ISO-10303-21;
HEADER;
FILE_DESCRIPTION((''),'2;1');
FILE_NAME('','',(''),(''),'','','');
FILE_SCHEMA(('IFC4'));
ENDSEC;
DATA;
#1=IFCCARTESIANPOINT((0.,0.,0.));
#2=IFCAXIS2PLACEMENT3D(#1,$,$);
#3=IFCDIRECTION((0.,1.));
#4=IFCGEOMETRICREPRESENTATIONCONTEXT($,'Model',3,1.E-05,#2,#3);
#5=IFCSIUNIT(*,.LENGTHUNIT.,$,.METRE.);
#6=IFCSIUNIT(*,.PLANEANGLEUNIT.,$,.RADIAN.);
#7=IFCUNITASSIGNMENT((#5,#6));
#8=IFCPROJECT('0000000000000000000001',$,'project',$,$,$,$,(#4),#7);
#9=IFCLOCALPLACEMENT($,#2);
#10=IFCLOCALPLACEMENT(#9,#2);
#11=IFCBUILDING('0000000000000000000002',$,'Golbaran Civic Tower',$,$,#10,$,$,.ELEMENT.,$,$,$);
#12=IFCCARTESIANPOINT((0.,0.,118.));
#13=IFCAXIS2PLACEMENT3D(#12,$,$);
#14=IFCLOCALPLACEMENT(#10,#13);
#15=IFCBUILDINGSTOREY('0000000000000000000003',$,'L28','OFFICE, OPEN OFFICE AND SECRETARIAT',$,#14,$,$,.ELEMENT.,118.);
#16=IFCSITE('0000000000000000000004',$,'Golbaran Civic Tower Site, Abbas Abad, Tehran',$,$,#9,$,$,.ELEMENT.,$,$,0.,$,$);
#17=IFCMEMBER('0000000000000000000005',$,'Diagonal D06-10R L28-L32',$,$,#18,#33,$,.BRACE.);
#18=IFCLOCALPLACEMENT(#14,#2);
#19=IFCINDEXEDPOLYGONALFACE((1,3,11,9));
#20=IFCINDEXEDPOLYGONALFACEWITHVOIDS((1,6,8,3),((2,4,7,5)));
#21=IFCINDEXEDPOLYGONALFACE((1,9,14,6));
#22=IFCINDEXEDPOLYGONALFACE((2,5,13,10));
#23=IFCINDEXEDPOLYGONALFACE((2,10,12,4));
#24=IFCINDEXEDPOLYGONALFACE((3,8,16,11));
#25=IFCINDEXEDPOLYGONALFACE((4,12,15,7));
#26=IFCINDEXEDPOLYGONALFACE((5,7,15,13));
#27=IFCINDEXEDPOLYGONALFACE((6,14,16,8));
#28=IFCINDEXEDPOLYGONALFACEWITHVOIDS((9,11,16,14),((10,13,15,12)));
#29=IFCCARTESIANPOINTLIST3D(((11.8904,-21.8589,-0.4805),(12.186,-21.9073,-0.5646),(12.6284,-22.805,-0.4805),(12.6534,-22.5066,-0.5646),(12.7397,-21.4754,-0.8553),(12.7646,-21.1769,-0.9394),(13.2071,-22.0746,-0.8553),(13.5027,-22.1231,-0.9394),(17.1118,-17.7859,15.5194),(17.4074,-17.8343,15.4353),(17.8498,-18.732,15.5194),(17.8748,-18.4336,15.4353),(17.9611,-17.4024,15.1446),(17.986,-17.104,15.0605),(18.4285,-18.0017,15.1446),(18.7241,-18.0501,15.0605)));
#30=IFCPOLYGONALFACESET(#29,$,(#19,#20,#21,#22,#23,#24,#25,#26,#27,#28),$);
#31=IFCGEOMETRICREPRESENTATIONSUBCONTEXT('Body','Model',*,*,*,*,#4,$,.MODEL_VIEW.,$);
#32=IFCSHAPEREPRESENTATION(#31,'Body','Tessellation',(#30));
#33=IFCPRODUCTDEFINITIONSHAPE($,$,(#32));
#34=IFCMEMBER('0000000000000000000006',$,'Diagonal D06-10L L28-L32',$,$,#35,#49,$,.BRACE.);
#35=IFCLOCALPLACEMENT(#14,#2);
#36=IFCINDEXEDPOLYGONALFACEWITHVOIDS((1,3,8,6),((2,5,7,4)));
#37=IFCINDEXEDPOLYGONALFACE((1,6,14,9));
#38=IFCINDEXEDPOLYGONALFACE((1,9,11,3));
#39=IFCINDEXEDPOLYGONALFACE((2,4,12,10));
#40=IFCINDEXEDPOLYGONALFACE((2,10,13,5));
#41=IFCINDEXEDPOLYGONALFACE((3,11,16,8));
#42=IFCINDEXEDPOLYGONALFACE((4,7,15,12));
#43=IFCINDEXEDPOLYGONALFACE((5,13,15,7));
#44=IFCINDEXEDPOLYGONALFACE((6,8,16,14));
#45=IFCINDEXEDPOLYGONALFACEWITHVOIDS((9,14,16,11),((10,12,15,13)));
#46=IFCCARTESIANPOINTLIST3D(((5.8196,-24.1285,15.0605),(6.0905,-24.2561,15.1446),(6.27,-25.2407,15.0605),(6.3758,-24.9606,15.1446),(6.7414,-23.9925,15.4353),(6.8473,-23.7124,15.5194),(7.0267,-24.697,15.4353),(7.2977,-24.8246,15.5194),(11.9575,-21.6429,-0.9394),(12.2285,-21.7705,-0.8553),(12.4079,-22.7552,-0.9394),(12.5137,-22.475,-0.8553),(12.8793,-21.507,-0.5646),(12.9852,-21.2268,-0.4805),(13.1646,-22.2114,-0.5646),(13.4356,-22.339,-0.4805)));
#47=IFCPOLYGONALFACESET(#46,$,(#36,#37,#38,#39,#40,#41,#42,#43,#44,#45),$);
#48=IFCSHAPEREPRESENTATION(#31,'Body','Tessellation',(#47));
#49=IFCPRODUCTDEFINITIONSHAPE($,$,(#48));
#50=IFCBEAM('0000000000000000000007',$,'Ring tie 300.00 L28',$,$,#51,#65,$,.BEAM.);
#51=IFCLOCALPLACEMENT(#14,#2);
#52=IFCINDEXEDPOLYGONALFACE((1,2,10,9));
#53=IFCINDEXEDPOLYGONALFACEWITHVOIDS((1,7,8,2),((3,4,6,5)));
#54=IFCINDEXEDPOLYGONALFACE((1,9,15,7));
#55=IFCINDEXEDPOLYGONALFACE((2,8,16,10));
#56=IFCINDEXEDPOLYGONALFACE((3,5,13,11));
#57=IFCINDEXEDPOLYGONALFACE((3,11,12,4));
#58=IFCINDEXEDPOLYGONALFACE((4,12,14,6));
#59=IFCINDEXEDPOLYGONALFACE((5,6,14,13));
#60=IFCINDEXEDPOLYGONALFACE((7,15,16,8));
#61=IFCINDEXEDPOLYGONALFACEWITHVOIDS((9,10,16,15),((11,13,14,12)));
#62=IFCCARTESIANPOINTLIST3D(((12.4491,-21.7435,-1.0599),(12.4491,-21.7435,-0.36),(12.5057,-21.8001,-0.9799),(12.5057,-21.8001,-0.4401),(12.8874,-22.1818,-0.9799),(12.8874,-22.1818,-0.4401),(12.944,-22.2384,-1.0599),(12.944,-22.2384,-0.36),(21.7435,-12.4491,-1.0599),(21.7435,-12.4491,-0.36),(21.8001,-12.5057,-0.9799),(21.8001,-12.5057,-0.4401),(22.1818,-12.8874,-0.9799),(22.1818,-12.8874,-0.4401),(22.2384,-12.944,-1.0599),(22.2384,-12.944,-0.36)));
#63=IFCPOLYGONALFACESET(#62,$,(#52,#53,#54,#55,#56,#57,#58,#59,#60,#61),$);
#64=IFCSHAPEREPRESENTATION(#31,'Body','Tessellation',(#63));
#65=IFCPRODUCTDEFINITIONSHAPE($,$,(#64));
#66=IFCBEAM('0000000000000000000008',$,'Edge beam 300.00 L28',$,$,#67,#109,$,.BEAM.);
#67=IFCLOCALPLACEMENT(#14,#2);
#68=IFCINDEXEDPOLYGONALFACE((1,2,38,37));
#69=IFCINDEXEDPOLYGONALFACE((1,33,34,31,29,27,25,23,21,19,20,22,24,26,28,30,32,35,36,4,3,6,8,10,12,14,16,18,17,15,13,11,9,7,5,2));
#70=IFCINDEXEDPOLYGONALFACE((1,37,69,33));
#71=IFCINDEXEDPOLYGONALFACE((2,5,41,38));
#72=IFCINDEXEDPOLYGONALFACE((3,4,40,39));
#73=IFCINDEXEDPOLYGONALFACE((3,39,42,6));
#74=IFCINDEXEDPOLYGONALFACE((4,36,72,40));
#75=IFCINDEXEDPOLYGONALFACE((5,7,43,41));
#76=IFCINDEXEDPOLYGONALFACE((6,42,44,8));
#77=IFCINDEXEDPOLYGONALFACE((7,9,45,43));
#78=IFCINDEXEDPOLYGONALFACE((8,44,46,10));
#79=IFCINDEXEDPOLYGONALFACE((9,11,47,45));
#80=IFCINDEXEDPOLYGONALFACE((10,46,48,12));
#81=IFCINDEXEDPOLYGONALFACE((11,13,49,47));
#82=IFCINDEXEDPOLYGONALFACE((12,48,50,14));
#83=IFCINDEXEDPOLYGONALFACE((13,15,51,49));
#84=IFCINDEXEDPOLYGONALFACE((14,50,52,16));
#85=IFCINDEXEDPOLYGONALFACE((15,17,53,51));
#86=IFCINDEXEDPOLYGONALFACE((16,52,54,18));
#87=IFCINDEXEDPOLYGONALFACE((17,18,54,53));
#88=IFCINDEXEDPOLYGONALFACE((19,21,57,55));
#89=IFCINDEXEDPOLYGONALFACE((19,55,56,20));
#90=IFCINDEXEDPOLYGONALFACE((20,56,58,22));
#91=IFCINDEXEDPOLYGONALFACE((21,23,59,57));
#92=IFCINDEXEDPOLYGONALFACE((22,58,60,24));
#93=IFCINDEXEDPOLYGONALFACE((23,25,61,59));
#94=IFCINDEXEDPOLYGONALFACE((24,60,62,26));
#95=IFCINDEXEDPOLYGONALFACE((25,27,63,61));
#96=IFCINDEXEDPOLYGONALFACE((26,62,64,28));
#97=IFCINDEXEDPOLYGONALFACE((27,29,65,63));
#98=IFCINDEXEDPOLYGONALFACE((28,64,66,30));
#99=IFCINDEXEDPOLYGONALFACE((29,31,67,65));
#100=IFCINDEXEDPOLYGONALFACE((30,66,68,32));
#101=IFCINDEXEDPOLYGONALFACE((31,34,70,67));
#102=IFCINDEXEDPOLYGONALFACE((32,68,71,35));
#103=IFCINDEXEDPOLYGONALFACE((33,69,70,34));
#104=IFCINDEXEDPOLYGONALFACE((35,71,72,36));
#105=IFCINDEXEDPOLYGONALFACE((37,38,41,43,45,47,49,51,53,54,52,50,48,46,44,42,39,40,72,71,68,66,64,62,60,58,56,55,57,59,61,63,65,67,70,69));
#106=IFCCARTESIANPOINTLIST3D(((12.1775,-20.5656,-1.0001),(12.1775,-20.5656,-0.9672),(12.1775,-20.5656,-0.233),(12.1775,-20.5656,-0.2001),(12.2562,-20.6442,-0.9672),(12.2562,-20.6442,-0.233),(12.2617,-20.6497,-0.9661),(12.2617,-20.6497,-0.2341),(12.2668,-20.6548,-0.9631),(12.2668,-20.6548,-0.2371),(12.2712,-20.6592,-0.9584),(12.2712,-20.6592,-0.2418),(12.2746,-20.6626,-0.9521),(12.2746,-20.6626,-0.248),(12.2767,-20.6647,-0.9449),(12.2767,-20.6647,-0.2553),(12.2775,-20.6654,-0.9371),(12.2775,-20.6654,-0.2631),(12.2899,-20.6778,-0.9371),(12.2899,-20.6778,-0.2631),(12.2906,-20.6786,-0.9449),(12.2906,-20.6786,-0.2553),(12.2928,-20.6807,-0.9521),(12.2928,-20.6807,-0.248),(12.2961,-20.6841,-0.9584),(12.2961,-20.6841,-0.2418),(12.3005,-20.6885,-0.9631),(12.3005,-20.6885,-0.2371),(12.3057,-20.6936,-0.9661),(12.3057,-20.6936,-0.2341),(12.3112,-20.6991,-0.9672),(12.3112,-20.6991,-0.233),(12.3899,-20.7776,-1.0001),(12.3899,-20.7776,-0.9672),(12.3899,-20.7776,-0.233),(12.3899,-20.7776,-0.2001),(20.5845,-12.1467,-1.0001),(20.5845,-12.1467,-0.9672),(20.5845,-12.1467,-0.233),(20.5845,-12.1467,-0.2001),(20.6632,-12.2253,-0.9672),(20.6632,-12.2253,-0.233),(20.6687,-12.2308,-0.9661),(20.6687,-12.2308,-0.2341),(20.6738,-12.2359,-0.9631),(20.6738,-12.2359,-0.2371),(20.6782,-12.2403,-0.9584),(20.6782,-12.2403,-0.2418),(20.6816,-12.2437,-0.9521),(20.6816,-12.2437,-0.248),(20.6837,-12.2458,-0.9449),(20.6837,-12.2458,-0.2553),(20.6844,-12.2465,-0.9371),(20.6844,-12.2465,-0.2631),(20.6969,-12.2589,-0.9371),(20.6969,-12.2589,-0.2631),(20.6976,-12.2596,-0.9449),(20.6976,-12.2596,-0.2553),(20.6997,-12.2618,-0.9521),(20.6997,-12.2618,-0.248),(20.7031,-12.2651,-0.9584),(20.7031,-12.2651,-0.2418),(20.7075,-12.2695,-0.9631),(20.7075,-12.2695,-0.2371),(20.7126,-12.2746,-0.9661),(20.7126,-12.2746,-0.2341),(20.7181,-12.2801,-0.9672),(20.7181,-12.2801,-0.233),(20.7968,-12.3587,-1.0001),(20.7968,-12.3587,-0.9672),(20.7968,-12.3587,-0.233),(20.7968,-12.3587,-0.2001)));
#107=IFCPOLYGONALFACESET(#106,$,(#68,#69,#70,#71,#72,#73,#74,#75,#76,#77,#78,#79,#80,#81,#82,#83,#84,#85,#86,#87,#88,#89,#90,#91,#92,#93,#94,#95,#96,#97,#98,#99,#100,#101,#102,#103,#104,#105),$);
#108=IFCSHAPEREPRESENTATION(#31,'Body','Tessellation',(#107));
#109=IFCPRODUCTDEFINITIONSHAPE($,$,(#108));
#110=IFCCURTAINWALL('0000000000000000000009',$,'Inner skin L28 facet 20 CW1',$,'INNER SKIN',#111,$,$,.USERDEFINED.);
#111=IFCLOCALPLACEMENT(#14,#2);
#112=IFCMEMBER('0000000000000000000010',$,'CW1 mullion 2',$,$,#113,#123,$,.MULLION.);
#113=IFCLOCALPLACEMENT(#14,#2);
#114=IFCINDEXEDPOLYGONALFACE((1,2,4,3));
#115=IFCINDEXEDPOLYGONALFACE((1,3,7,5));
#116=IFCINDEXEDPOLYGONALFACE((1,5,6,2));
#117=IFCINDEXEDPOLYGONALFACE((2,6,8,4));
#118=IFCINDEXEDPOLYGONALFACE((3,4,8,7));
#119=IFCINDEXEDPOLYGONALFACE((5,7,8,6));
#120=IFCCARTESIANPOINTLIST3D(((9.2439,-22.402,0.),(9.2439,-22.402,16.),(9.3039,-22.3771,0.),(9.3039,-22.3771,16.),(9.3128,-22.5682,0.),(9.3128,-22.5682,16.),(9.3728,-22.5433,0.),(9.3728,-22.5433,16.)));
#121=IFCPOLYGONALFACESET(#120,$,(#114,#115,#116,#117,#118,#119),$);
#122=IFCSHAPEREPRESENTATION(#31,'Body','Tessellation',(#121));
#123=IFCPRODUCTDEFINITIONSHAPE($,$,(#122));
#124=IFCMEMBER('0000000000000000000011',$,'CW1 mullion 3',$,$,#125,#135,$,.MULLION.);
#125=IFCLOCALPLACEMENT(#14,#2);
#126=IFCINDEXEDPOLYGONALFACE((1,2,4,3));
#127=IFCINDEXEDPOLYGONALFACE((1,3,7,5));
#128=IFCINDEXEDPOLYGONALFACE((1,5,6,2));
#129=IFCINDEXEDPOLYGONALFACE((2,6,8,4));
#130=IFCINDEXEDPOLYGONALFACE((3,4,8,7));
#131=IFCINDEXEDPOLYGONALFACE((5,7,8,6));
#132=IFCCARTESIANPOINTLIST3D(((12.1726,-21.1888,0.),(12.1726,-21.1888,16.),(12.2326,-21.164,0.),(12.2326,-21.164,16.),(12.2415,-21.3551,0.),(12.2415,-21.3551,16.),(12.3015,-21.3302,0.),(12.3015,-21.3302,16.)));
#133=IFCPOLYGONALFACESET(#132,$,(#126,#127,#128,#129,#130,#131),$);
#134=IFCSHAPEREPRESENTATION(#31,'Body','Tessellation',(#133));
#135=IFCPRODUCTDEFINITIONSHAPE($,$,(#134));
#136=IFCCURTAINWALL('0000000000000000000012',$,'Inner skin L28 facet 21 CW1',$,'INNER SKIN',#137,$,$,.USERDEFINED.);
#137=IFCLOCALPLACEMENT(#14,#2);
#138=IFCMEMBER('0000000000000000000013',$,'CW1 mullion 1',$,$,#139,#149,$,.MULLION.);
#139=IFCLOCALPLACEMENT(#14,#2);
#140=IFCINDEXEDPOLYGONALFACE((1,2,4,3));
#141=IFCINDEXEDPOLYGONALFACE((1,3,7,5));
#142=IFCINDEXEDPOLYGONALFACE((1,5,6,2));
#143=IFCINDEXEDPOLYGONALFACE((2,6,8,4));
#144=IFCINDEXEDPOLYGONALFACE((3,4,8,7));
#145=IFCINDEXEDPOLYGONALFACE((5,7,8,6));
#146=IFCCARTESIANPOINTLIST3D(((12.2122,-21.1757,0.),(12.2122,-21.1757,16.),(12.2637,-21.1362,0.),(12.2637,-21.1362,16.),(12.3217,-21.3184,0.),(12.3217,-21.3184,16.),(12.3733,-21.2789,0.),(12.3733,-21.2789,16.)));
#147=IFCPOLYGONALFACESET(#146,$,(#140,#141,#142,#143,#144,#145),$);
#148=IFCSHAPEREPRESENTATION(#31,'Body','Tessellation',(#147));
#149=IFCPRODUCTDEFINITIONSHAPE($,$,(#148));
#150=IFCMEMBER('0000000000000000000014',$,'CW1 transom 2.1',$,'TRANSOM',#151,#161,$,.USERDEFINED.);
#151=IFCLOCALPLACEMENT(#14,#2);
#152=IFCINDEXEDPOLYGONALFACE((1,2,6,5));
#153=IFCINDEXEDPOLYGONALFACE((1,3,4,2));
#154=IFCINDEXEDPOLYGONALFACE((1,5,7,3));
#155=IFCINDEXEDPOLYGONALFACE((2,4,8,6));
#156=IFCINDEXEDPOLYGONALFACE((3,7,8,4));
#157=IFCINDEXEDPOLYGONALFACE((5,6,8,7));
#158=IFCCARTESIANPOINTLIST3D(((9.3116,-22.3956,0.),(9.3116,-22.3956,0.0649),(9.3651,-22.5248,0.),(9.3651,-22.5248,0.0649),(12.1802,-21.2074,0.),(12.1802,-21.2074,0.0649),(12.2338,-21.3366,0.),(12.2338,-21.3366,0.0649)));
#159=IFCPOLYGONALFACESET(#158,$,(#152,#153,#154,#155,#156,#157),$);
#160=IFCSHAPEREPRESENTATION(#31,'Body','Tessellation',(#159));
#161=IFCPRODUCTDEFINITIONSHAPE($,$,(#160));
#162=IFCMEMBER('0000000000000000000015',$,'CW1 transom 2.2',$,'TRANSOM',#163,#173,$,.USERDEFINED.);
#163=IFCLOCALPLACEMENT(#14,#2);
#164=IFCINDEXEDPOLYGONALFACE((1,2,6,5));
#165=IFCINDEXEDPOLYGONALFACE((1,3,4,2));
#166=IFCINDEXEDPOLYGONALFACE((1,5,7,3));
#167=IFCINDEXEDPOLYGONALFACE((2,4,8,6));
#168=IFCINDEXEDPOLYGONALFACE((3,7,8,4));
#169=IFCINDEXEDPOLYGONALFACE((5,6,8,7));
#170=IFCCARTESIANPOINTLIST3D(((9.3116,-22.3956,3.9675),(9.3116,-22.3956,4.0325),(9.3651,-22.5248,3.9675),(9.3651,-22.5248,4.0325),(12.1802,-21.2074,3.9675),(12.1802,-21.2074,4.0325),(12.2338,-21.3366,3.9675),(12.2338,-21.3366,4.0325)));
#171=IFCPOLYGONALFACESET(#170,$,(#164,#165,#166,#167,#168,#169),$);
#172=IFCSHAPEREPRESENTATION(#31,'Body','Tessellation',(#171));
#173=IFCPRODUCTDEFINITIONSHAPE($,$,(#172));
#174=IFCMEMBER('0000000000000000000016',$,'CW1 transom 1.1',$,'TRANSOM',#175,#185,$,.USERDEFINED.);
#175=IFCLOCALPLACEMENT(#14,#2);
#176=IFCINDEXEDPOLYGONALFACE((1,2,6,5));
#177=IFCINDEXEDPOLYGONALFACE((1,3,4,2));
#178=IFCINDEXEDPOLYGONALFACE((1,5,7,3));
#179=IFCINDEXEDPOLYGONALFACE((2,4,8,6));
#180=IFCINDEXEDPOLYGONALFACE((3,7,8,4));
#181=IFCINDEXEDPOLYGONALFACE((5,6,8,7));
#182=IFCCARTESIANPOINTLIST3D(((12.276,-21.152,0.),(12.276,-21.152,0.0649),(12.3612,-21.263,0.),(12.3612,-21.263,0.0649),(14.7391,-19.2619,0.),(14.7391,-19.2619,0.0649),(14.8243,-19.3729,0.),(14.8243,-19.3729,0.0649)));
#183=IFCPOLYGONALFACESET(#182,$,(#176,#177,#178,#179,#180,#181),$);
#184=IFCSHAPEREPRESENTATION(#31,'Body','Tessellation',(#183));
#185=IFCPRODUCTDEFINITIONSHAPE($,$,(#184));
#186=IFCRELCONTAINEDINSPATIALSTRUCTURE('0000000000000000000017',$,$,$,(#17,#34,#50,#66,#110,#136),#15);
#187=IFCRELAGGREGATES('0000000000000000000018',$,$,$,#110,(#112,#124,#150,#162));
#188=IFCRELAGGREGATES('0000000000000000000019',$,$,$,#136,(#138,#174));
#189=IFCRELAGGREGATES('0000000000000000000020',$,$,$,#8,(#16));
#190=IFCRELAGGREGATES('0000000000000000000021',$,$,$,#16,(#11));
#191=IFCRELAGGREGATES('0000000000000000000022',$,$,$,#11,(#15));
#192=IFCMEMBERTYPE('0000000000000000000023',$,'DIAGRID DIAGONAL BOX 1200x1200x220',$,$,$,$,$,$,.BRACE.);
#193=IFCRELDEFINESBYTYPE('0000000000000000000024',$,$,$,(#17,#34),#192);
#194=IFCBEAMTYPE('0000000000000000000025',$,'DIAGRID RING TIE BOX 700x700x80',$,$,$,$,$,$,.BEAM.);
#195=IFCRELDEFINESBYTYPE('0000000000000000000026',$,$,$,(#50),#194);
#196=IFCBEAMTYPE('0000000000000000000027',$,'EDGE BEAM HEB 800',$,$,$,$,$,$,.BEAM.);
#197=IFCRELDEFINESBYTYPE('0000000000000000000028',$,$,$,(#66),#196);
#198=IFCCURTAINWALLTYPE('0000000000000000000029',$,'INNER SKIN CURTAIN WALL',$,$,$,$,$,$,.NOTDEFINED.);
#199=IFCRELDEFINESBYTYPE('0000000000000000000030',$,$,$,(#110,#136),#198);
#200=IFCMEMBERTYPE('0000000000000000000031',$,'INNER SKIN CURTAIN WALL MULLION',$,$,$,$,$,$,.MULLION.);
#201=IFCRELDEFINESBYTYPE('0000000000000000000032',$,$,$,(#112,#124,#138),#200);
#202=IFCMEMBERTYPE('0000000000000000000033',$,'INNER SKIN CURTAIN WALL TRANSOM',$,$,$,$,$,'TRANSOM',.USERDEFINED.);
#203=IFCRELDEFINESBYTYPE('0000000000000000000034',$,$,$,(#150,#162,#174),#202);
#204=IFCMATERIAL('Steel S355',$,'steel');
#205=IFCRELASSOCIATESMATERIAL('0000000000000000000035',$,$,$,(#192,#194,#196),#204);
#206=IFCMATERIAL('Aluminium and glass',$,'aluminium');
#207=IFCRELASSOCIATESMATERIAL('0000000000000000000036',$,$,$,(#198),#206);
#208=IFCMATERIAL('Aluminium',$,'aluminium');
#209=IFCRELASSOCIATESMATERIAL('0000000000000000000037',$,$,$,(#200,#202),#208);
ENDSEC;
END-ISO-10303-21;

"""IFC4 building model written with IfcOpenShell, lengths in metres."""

from ifc_helpers import new_model, si_unit, direction, frame, origin, origin_2d, place, context, subcontext, project, spatial, rectangle, hollow_rectangle, i_section, extrude, material, material_profile, profile_set, type_object, element, aggregate, save


model = new_model("IFC4")

# Units and contexts
model_context = context("Model", 3, precision=1e-05, world=origin(), true_north=direction((0.0, 1.0)))
body_context = subcontext(model_context, "Body", "Model", "MODEL_VIEW")
ifc_project = project(units=[si_unit("LENGTHUNIT", "METRE"), si_unit("PLANEANGLEUNIT", "RADIAN")], contexts=[model_context])

# Site, building, storey
site_placement = place(None, origin())
site = spatial("IfcSite", under=ifc_project, at=site_placement, Name="Golbaran Civic Tower Site, Abbas Abad, Tehran", CompositionType="ELEMENT", RefElevation=0.0)
building_placement = place(site_placement, origin())
building = spatial("IfcBuilding", under=site, at=building_placement, Name="Golbaran Civic Tower", CompositionType="ELEMENT")
storey_placement = place(building_placement, frame((0.0, 0.0, 118.0)))
storey = spatial("IfcBuildingStorey", under=building, at=storey_placement, Name="L28", Description="OFFICE, OPEN OFFICE AND SECRETARIAT", CompositionType="ELEMENT", Elevation=118.0)

# Members
ifc_material_1 = material(Name="Steel S355", Category="steel")
ifc_material_profile_1 = material_profile(ifc_material_1, hollow_rectangle(XDim=1.2, YDim=1.2, WallThickness=0.22, at=origin_2d()), Name="BOX 1200x1200x220")
ifc_profile_set_1 = profile_set([ifc_material_profile_1], Name="Steel S355")
member_type_1 = type_object("IfcMemberType", Name="DIAGRID DIAGONAL BOX 1200x1200x220", PredefinedType="BRACE", material=ifc_profile_set_1)
for number, where, z_axis, x_axis, name in (
    (1, (12.6965, -21.991, -0.71), (0.301534, 0.235212, 0.923987), (-0.615058, 0.788482, 0.0), "Diagonal D06-10R L28-L32"),
    (2, (12.6965, -21.991, -0.71), (-0.354461, -0.143541, 0.923988), (0.375347, -0.926884, 0.0), "Diagonal D06-10L L28-L32"),
):
    element("IfcMember", number, at=place(storey_placement, frame(where, z_axis=z_axis, x_axis=x_axis)), inside=storey, type_object=member_type_1, Name=name, PredefinedType="BRACE", context=body_context, shape_type="SweptSolid", body=[
        extrude(hollow_rectangle(XDim=1.2, YDim=1.2, WallThickness=0.22, at=origin_2d()), origin(), (0.0, 0.0, 1.0), 17.3162),
    ])

# Beams
ifc_material_profile_2 = material_profile(ifc_material_1, hollow_rectangle(XDim=0.7, YDim=0.7, WallThickness=0.0801, at=origin_2d()), Name="BOX 700x700x80")
ifc_profile_set_2 = profile_set([ifc_material_profile_2], Name="Steel S355")
beam_type_1 = type_object("IfcBeamType", Name="DIAGRID RING TIE BOX 700x700x80", PredefinedType="BEAM", material=ifc_profile_set_2)
beam_1_placement = place(storey_placement, frame((12.6965, -21.991, -0.71), z_axis=(0.707107, 0.707107, 0.0), x_axis=(-0.707107, 0.707107, 0.0)))
element("IfcBeam", 3, at=beam_1_placement, inside=storey, type_object=beam_type_1, Name="Ring tie 300.00 L28", PredefinedType="BEAM", context=body_context, shape_type="SweptSolid", body=[
    extrude(hollow_rectangle(XDim=0.7, YDim=0.7, WallThickness=0.0801, at=origin_2d()), origin(), (0.0, 0.0, 1.0), 13.1443),
])
ifc_material_profile_3 = material_profile(ifc_material_1, i_section(OverallWidth=0.3, OverallDepth=0.8, WebThickness=0.0176, FlangeThickness=0.033, FilletRadius=0.03, at=origin_2d()), Name="HEB 800")
ifc_profile_set_3 = profile_set([ifc_material_profile_3], Name="Steel S355")
beam_type_2 = type_object("IfcBeamType", Name="EDGE BEAM HEB 800", PredefinedType="BEAM", material=ifc_profile_set_3)
beam_2_placement = place(storey_placement, frame((12.2837, -20.6716, -0.6001), z_axis=(0.706604, 0.707609, 0.0), x_axis=(-0.707609, 0.706604, 0.0)))
element("IfcBeam", 4, at=beam_2_placement, inside=storey, type_object=beam_type_2, Name="Edge beam 300.00 L28", PredefinedType="BEAM", context=body_context, shape_type="SweptSolid", body=[
    extrude(i_section(OverallWidth=0.3, OverallDepth=0.8, WebThickness=0.0176, FlangeThickness=0.033, FilletRadius=0.03, at=origin_2d()), origin(), (0.0, 0.0, 1.0), 11.8977),
])

# Curtain wall, members
ifc_material_2 = material(Name="Aluminium and glass", Category="aluminium")
curtain_wall_type_1 = type_object("IfcCurtainWallType", Name="INNER SKIN CURTAIN WALL", PredefinedType="NOTDEFINED", material=ifc_material_2)
curtain_wall_1_placement = place(storey_placement, origin())
curtain_wall_1 = element("IfcCurtainWall", 5, at=curtain_wall_1_placement, inside=storey, type_object=curtain_wall_type_1, Name="Inner skin L28 facet 20 CW1", ObjectType="INNER SKIN", PredefinedType="USERDEFINED")
ifc_material_3 = material(Name="Aluminium", Category="aluminium")
ifc_material_profile_4 = material_profile(ifc_material_3, rectangle(XDim=0.1799, YDim=0.0649, at=origin_2d()), Name="INNER SKIN CURTAIN WALL MULLION")
ifc_profile_set_4 = profile_set([ifc_material_profile_4], Name="Aluminium")
member_type_2 = type_object("IfcMemberType", Name="INNER SKIN CURTAIN WALL MULLION", PredefinedType="MULLION", material=ifc_profile_set_4)
member_1_placement = place(storey_placement, frame((9.3083, -22.4727, 0.0), z_axis=(0.0, 0.0, 1.0), x_axis=(-0.382683, 0.92388, 0.0)))
member_1 = element("IfcMember", 6, at=member_1_placement, type_object=member_type_2, Name="CW1 mullion 2", PredefinedType="MULLION", context=body_context, shape_type="SweptSolid", body=[
    extrude(rectangle(XDim=0.1799, YDim=0.0649, at=origin_2d()), origin(), (0.0, 0.0, 1.0), 16.0),
])
member_2_placement = place(storey_placement, frame((12.2371, -21.2595, 0.0), z_axis=(0.0, 0.0, 1.0), x_axis=(-0.382683, 0.92388, 0.0)))
member_2 = element("IfcMember", 7, at=member_2_placement, type_object=member_type_2, Name="CW1 mullion 3", PredefinedType="MULLION", context=body_context, shape_type="SweptSolid", body=[
    extrude(rectangle(XDim=0.1799, YDim=0.0649, at=origin_2d()), origin(), (0.0, 0.0, 1.0), 16.0),
])

# Curtain wall, member
curtain_wall_2_placement = place(storey_placement, origin())
curtain_wall_2 = element("IfcCurtainWall", 8, at=curtain_wall_2_placement, inside=storey, type_object=curtain_wall_type_1, Name="Inner skin L28 facet 21 CW1", ObjectType="INNER SKIN", PredefinedType="USERDEFINED")
member_3_placement = place(storey_placement, frame((12.2927, -21.2273, 0.0), z_axis=(0.0, 0.0, 1.0), x_axis=(-0.608761, 0.793353, 0.0)))
member_3 = element("IfcMember", 9, at=member_3_placement, type_object=member_type_2, Name="CW1 mullion 1", PredefinedType="MULLION", context=body_context, shape_type="SweptSolid", body=[
    extrude(rectangle(XDim=0.1799, YDim=0.0649, at=origin_2d()), origin(), (0.0, 0.0, 1.0), 16.0),
])

# Members
ifc_material_profile_5 = material_profile(ifc_material_3, rectangle(XDim=0.1399, YDim=0.0649, at=origin_2d()), Name="INNER SKIN CURTAIN WALL TRANSOM")
ifc_profile_set_5 = profile_set([ifc_material_profile_5], Name="Aluminium")
member_type_3 = type_object("IfcMemberType", Name="INNER SKIN CURTAIN WALL TRANSOM", ElementType="TRANSOM", PredefinedType="USERDEFINED", material=ifc_profile_set_5)
member_4_placement = place(storey_placement, frame((9.3384, -22.4602, 0.0325), z_axis=(0.92388, 0.382683, 0.0), x_axis=(-0.382683, 0.92388, 0.0)))
member_4 = element("IfcMember", 10, at=member_4_placement, type_object=member_type_3, Name="CW1 transom 2.1", ObjectType="TRANSOM", PredefinedType="USERDEFINED", context=body_context, shape_type="SweptSolid", body=[
    extrude(rectangle(XDim=0.1399, YDim=0.0649, at=origin_2d()), origin(), (0.0, 0.0, 1.0), 3.105),
])
member_5_placement = place(storey_placement, frame((9.3384, -22.4602, 4.0), z_axis=(0.92388, 0.382683, 0.0), x_axis=(-0.382683, 0.92388, 0.0)))
member_5 = element("IfcMember", 11, at=member_5_placement, type_object=member_type_3, Name="CW1 transom 2.2", ObjectType="TRANSOM", PredefinedType="USERDEFINED", context=body_context, shape_type="SweptSolid", body=[
    extrude(rectangle(XDim=0.1399, YDim=0.0649, at=origin_2d()), origin(), (0.0, 0.0, 1.0), 3.105),
])
member_6_placement = place(storey_placement, frame((12.3186, -21.2075, 0.0325), z_axis=(0.793337, 0.608783, 0.0), x_axis=(-0.608783, 0.793337, 0.0)))
member_6 = element("IfcMember", 12, at=member_6_placement, type_object=member_type_3, Name="CW1 transom 1.1", ObjectType="TRANSOM", PredefinedType="USERDEFINED", context=body_context, shape_type="SweptSolid", body=[
    extrude(rectangle(XDim=0.1399, YDim=0.0649, at=origin_2d()), origin(), (0.0, 0.0, 1.0), 3.1047),
])

aggregate(curtain_wall_1, [member_1, member_2, member_4, member_5])
aggregate(curtain_wall_2, [member_3, member_6])

save(model, "model.ifc")
